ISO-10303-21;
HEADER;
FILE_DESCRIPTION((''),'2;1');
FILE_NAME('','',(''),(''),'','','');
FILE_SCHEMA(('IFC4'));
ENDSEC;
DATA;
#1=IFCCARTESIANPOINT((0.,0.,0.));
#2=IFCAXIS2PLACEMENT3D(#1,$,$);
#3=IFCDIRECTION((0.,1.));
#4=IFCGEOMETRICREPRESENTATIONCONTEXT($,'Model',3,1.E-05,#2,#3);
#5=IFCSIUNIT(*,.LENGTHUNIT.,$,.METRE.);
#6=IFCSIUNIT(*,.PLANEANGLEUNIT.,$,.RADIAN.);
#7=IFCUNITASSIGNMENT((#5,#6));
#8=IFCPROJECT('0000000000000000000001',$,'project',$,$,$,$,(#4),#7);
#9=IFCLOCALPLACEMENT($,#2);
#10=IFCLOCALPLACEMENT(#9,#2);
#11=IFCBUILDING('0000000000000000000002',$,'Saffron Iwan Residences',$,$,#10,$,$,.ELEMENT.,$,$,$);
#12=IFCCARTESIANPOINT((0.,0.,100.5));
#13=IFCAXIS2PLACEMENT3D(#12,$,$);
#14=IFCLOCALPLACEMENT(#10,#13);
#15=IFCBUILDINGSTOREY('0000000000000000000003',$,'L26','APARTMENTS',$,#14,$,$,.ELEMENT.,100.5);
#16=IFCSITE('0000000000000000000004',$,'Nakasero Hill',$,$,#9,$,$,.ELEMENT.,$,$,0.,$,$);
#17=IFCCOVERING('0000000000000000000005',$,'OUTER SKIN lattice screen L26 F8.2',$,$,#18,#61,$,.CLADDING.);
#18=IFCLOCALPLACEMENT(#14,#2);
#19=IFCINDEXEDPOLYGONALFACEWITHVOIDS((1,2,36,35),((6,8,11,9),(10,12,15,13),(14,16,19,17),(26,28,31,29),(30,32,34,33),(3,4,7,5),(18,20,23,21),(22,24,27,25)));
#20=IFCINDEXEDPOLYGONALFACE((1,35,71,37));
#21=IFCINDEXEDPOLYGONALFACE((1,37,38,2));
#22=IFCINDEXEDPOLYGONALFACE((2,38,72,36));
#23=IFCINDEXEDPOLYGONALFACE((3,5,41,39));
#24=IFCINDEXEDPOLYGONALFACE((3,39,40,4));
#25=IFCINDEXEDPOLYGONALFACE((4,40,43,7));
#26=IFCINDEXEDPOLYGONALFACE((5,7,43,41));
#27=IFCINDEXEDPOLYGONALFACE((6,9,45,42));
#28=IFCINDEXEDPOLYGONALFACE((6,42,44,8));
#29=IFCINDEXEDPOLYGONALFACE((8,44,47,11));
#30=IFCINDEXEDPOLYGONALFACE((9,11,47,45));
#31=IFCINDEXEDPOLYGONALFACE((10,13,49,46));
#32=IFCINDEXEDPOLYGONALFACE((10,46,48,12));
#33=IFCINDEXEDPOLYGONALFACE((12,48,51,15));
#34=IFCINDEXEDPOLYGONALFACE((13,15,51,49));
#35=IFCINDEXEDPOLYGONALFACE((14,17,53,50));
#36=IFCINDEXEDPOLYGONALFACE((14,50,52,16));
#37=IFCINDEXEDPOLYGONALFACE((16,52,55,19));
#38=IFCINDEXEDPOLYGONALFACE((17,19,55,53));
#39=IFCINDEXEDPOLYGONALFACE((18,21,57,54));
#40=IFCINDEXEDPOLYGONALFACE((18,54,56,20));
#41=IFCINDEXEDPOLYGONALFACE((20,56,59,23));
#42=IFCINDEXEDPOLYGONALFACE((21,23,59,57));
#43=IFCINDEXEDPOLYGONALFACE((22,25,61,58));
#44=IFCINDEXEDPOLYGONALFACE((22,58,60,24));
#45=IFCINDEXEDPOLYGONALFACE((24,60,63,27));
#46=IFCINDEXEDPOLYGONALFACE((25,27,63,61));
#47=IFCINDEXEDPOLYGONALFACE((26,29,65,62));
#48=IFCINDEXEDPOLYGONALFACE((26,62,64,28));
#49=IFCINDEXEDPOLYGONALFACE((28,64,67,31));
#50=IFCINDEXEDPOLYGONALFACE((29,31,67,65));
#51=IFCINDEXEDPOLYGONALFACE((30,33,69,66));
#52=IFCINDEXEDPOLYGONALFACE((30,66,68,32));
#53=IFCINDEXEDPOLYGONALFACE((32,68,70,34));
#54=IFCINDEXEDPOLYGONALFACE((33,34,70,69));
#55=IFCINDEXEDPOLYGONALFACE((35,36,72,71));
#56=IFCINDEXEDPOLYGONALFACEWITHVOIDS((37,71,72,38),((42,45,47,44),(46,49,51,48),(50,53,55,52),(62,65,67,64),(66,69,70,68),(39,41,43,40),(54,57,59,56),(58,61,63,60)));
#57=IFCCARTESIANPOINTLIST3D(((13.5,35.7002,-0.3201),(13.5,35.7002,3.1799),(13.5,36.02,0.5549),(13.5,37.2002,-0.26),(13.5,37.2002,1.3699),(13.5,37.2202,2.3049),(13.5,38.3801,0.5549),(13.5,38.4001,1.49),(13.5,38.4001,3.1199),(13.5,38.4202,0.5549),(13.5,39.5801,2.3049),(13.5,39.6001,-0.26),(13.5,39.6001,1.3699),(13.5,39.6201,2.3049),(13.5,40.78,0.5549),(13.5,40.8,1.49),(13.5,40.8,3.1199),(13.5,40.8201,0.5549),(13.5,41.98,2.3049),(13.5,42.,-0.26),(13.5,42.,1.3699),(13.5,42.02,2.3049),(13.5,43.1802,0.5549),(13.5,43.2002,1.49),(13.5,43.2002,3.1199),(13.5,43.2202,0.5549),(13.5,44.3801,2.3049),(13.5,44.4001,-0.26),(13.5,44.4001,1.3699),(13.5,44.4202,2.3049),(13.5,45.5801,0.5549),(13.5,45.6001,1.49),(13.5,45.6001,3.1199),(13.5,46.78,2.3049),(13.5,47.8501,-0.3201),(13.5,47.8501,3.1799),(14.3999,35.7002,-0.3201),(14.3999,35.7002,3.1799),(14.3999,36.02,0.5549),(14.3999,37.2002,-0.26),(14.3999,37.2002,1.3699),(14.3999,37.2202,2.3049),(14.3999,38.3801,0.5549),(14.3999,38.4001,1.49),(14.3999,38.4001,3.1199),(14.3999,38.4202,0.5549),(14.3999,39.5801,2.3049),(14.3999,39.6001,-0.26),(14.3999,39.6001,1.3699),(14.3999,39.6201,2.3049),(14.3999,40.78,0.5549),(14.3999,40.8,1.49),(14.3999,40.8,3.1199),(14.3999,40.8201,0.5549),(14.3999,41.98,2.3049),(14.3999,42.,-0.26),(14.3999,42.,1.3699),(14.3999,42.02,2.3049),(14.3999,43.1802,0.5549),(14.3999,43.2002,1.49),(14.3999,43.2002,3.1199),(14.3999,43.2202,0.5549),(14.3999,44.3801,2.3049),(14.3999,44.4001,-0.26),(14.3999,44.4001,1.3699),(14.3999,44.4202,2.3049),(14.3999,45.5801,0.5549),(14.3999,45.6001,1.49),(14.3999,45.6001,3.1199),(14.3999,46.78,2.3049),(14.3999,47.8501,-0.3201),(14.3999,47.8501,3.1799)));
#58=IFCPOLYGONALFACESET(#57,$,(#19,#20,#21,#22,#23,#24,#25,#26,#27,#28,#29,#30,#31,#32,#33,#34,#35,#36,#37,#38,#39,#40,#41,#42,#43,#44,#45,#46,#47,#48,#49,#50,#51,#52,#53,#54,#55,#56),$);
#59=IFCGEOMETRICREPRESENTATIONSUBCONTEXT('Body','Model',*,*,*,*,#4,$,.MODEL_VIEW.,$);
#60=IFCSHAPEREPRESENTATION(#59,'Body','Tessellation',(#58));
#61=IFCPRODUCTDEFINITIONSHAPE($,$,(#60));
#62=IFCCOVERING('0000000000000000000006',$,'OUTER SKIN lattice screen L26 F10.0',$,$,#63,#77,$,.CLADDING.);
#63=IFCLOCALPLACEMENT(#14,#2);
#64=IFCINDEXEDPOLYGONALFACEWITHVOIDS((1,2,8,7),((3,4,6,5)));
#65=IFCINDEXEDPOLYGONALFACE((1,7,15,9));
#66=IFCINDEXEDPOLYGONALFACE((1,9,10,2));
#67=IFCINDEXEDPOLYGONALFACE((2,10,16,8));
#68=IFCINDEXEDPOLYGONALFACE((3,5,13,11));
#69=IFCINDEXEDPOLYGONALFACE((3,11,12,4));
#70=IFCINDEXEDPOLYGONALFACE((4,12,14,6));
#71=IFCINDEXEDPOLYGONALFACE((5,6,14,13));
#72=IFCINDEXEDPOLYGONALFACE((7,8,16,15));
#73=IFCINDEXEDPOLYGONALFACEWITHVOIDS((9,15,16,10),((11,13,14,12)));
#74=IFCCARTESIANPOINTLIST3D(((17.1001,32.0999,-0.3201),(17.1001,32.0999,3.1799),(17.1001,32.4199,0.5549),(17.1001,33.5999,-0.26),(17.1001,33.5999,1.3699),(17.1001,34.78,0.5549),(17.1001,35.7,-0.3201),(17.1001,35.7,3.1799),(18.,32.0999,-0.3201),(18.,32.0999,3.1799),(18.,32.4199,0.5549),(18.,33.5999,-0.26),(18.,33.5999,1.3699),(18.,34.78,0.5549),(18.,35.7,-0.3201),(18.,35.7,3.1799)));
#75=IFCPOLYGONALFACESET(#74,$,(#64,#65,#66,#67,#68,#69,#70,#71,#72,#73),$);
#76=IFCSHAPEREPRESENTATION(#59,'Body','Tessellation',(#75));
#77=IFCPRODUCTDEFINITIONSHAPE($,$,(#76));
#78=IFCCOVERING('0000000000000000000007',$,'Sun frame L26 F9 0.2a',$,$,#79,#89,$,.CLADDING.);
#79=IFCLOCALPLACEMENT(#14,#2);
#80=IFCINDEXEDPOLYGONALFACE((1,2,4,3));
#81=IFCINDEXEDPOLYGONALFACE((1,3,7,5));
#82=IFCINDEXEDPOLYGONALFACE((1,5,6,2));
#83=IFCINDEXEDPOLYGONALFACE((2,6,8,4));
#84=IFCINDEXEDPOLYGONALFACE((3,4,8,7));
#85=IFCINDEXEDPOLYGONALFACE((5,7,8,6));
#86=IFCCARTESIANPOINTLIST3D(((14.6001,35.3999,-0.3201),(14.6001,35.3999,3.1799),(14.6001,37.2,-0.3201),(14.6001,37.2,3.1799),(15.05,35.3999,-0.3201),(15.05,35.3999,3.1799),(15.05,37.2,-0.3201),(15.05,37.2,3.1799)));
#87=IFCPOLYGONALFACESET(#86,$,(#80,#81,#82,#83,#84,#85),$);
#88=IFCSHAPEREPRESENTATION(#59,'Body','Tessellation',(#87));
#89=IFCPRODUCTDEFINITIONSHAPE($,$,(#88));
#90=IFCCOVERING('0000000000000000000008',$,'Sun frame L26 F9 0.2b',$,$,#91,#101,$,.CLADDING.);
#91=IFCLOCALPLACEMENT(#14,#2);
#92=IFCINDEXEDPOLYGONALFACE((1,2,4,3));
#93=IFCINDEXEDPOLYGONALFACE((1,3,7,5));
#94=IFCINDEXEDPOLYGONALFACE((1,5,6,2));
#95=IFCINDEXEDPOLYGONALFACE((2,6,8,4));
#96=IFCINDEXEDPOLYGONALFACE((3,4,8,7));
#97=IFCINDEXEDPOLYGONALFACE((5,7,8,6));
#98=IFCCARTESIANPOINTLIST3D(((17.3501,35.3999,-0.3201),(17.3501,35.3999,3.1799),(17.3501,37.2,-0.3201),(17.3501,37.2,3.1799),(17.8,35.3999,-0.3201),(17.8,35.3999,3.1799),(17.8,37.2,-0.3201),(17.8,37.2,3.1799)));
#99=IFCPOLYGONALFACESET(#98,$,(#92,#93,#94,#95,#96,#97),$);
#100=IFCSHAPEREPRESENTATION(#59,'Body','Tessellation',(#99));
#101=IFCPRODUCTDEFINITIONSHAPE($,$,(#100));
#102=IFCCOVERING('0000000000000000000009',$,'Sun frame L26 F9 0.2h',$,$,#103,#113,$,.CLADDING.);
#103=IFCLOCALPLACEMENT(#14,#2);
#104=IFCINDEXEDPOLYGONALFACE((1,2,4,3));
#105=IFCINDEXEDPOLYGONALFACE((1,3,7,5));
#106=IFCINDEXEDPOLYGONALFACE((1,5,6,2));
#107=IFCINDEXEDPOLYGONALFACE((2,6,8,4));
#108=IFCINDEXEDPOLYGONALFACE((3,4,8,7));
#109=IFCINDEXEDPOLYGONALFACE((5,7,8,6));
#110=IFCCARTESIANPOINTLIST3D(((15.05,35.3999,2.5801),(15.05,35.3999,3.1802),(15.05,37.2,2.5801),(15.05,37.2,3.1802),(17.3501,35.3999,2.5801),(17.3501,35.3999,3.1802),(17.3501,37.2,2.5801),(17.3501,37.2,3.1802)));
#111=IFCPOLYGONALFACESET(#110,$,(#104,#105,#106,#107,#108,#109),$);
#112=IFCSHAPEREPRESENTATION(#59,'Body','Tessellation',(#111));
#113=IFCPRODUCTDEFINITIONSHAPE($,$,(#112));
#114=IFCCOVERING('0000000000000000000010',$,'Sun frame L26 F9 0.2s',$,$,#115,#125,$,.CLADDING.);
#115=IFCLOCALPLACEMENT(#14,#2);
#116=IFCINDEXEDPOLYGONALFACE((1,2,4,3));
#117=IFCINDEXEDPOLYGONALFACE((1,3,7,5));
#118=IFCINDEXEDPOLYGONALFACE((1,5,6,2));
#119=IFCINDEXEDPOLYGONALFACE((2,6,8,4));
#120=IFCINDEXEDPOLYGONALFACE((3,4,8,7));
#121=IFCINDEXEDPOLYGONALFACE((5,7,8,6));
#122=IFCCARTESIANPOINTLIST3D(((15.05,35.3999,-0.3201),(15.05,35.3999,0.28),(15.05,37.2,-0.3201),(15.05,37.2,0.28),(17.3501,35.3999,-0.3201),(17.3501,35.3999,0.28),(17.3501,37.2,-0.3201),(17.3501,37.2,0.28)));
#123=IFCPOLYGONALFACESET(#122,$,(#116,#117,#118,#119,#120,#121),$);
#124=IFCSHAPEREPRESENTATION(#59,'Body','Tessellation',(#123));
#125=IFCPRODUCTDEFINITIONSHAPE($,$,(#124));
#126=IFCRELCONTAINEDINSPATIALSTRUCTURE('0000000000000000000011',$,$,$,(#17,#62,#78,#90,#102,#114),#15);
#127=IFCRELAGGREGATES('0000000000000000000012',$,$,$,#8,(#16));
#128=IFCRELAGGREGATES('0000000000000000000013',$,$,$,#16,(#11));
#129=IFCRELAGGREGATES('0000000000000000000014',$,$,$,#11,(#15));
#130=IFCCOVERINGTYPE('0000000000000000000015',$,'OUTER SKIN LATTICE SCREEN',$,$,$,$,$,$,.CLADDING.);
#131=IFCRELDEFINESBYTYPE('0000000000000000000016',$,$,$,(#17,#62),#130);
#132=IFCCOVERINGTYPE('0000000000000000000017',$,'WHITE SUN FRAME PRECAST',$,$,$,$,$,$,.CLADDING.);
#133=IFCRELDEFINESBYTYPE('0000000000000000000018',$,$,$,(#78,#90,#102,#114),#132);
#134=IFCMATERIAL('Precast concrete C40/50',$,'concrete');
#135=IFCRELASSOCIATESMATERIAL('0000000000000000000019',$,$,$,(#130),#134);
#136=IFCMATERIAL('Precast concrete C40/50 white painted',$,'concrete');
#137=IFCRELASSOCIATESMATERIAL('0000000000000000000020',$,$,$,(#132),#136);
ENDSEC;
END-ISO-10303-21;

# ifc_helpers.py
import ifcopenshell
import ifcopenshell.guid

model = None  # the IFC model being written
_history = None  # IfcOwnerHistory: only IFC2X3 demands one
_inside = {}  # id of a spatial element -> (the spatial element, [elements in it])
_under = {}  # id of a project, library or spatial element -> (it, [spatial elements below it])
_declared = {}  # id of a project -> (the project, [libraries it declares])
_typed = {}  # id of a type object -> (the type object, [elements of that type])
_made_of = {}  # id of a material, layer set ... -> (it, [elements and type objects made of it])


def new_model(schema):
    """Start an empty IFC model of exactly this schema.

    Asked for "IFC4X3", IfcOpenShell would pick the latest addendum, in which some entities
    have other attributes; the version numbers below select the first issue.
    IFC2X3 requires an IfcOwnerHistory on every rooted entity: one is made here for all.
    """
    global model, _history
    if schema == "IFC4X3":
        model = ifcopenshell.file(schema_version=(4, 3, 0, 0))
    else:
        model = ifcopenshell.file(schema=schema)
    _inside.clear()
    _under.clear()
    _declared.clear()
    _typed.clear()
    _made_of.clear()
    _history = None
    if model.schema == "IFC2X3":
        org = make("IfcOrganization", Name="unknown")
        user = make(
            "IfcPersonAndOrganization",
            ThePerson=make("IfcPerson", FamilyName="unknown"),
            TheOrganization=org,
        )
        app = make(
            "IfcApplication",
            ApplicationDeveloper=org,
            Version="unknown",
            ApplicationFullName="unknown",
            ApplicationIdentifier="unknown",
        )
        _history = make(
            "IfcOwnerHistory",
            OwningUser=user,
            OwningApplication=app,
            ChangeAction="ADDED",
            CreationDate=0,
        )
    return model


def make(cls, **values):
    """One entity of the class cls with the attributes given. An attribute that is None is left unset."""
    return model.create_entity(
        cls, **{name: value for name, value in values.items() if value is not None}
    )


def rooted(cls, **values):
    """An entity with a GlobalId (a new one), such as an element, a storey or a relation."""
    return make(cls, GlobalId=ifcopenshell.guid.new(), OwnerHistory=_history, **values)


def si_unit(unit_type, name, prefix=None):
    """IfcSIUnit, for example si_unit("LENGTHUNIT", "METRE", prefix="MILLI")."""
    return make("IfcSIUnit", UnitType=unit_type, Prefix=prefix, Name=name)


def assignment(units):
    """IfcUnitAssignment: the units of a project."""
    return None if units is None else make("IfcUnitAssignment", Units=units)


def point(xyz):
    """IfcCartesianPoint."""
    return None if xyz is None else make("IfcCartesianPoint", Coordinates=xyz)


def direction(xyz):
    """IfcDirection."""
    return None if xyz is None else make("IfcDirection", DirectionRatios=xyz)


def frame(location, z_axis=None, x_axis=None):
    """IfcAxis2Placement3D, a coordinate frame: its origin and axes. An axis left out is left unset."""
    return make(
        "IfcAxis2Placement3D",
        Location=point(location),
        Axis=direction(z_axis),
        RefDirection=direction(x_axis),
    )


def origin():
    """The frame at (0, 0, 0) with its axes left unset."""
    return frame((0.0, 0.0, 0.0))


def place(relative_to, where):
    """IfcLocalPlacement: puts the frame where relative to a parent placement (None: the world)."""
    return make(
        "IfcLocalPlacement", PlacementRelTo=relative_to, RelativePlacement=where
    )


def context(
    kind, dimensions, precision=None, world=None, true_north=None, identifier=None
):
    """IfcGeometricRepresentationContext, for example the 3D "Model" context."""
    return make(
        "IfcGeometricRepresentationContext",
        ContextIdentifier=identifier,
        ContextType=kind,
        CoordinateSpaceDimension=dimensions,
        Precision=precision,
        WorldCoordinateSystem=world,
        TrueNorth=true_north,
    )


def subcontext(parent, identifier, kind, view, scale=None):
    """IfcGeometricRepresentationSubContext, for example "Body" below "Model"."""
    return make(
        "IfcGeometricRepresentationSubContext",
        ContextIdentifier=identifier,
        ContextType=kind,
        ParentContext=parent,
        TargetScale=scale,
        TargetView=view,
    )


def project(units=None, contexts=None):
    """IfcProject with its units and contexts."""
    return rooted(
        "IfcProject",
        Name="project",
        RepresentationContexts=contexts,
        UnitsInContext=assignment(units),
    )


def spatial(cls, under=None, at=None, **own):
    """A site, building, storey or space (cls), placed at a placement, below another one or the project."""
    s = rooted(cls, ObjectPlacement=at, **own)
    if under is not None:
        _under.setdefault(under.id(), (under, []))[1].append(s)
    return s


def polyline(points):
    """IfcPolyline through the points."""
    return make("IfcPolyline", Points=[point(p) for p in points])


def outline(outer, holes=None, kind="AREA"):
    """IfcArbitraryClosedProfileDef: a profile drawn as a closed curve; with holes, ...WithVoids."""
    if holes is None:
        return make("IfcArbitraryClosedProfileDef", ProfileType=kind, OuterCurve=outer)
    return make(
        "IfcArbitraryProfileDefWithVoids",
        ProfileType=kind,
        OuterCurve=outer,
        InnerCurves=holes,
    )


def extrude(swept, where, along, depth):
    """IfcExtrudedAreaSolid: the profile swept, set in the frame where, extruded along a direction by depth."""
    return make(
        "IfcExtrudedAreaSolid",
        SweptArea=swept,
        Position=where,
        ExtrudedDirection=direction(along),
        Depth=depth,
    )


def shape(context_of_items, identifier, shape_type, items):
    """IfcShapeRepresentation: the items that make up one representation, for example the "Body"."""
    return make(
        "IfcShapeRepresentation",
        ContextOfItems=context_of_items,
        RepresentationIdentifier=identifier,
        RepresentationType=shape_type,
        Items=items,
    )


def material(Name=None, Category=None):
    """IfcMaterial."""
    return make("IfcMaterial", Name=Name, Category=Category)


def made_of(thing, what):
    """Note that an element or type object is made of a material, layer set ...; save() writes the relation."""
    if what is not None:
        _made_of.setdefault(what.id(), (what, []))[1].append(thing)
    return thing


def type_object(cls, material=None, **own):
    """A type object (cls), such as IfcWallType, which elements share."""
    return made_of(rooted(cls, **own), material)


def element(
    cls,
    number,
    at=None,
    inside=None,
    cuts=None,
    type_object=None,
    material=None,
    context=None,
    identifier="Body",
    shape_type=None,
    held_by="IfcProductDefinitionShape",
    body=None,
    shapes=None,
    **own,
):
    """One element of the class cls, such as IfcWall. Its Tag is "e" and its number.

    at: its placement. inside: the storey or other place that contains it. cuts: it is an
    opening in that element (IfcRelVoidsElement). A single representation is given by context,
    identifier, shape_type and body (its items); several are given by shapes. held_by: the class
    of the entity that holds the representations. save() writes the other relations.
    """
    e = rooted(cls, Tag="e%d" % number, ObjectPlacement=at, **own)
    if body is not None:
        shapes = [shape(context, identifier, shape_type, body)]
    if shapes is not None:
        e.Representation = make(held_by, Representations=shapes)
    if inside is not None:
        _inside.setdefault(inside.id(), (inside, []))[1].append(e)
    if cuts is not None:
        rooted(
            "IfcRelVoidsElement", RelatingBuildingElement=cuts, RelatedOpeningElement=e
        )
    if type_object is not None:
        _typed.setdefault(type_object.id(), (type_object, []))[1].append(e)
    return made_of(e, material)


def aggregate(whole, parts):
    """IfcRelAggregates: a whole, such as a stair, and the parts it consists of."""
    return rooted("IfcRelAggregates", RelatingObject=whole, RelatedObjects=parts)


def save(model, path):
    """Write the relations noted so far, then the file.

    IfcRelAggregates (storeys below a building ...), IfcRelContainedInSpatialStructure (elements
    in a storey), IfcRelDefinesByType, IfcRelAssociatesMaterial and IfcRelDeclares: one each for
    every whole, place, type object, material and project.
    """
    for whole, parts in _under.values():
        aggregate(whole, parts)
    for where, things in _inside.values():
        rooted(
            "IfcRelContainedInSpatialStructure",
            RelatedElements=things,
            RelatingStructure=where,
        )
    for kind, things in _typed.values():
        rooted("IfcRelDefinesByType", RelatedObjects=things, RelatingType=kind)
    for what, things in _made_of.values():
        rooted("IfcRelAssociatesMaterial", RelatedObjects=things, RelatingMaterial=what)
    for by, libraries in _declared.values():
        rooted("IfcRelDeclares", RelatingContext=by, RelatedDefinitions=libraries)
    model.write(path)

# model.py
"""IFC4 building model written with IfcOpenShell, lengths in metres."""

from ifc_helpers import new_model, si_unit, direction, frame, origin, place, context, subcontext, project, spatial, polyline, outline, extrude, material, type_object, element, save


model = new_model("IFC4")

# Units and contexts
model_context = context("Model", 3, precision=1e-05, world=origin(), true_north=direction((0.0, 1.0)))
body_context = subcontext(model_context, "Body", "Model", "MODEL_VIEW")
ifc_project = project(units=[si_unit("LENGTHUNIT", "METRE"), si_unit("PLANEANGLEUNIT", "RADIAN")], contexts=[model_context])

# Site, building, storey
site_placement = place(None, origin())
site = spatial("IfcSite", under=ifc_project, at=site_placement, Name="Nakasero Hill", CompositionType="ELEMENT", RefElevation=0.0)
building_placement = place(site_placement, origin())
building = spatial("IfcBuilding", under=site, at=building_placement, Name="Saffron Iwan Residences", CompositionType="ELEMENT")
storey_placement = place(building_placement, frame((0.0, 0.0, 100.5)))
storey = spatial("IfcBuildingStorey", under=building, at=storey_placement, Name="L26", Description="APARTMENTS", CompositionType="ELEMENT", Elevation=100.5)

# Coverings
ifc_material_1 = material(Name="Precast concrete C40/50", Category="concrete")
covering_type_1 = type_object("IfcCoveringType", Name="OUTER SKIN LATTICE SCREEN", PredefinedType="CLADDING", material=ifc_material_1)
covering_1_placement = place(storey_placement, frame((14.3999, 47.8501, -0.3201), z_axis=(-1.0, 0.0, 0.0), x_axis=(0.0, -1.0, 0.0)))
element("IfcCovering", 1, at=covering_1_placement, inside=storey, type_object=covering_type_1, Name="OUTER SKIN lattice screen L26 F8.2", PredefinedType="CLADDING", context=body_context, shape_type="SweptSolid", body=[
    extrude(outline(polyline([(0.0, 0.0), (12.1499, 0.0), (12.1499, 3.5), (0.0, 3.5), (0.0, 0.0)]), holes=[polyline([(2.27, 0.875), (3.45, 0.0601), (4.6299, 0.875), (3.45, 1.6899), (2.27, 0.875)]), polyline([(4.6699, 0.875), (5.8501, 0.0601), (7.03, 0.875), (5.8501, 1.6899), (4.6699, 0.875)]), polyline([(7.0701, 0.875), (8.25, 0.0601), (9.4299, 0.875), (8.25, 1.6899), (7.0701, 0.875)]), polyline([(9.47, 0.875), (10.6499, 0.0601), (11.8301, 0.875), (10.6499, 1.6899), (9.47, 0.875)]), polyline([(1.0701, 2.625), (2.25, 1.8101), (3.4299, 2.625), (2.25, 3.4399), (1.0701, 2.625)]), polyline([(3.47, 2.625), (4.6499, 1.8101), (5.8301, 2.625), (4.6499, 3.4399), (3.47, 2.625)]), polyline([(5.8701, 2.625), (7.05, 1.8101), (8.23, 2.625), (7.05, 3.4399), (5.8701, 2.625)]), polyline([(8.27, 2.625), (9.45, 1.8101), (10.6299, 2.625), (9.45, 3.4399), (8.27, 2.625)])]), origin(), (0.0, 0.0, 1.0), 0.8999),
])
covering_2_placement = place(storey_placement, frame((18.0, 35.7, -0.3201), z_axis=(-1.0, 0.0, 0.0), x_axis=(0.0, -1.0, 0.0)))
element("IfcCovering", 2, at=covering_2_placement, inside=storey, type_object=covering_type_1, Name="OUTER SKIN lattice screen L26 F10.0", PredefinedType="CLADDING", context=body_context, shape_type="SweptSolid", body=[
    extrude(outline(polyline([(0.0, 0.0), (3.6001, 0.0), (3.6001, 3.5), (0.0, 3.5), (0.0, 0.0)]), holes=[polyline([(0.9199, 0.875), (2.1001, 0.0601), (3.28, 0.875), (2.1001, 1.6899), (0.9199, 0.875)])]), origin(), (0.0, 0.0, 1.0), 0.8999),
])
ifc_material_2 = material(Name="Precast concrete C40/50 white painted", Category="concrete")
covering_type_2 = type_object("IfcCoveringType", Name="WHITE SUN FRAME PRECAST", PredefinedType="CLADDING", material=ifc_material_2)
for number, where, z_axis, x_axis, name in (
    (3, (14.6001, 37.2, -0.3201), (0.0, -1.0, 0.0), (1.0, 0.0, 0.0), "Sun frame L26 F9 0.2a"),
    (4, (17.3501, 37.2, -0.3201), (0.0, -1.0, 0.0), (1.0, 0.0, 0.0), "Sun frame L26 F9 0.2b"),
):
    element("IfcCovering", number, at=place(storey_placement, frame(where, z_axis=z_axis, x_axis=x_axis)), inside=storey, type_object=covering_type_2, Name=name, PredefinedType="CLADDING", context=body_context, shape_type="SweptSolid", body=[
        extrude(outline(polyline([(0.0, 0.0), (0.45, 0.0), (0.45, 3.5), (0.0, 3.5), (0.0, 0.0)])), origin(), (0.0, 0.0, 1.0), 1.8),
    ])
for number, where, z_axis, x_axis, name in (
    (5, (15.05, 37.2, 2.5801), (0.0, -1.0, 0.0), (1.0, 0.0, 0.0), "Sun frame L26 F9 0.2h"),
    (6, (15.05, 37.2, -0.3201), (0.0, -1.0, 0.0), (1.0, 0.0, 0.0), "Sun frame L26 F9 0.2s"),
):
    element("IfcCovering", number, at=place(storey_placement, frame(where, z_axis=z_axis, x_axis=x_axis)), inside=storey, type_object=covering_type_2, Name=name, PredefinedType="CLADDING", context=body_context, shape_type="SweptSolid", body=[
        extrude(outline(polyline([(0.0, 0.0), (2.3, 0.0), (2.3, 0.6001), (0.0, 0.6001), (0.0, 0.0)])), origin(), (0.0, 0.0, 1.0), 1.8),
    ])

save(model, "model.ifc")
